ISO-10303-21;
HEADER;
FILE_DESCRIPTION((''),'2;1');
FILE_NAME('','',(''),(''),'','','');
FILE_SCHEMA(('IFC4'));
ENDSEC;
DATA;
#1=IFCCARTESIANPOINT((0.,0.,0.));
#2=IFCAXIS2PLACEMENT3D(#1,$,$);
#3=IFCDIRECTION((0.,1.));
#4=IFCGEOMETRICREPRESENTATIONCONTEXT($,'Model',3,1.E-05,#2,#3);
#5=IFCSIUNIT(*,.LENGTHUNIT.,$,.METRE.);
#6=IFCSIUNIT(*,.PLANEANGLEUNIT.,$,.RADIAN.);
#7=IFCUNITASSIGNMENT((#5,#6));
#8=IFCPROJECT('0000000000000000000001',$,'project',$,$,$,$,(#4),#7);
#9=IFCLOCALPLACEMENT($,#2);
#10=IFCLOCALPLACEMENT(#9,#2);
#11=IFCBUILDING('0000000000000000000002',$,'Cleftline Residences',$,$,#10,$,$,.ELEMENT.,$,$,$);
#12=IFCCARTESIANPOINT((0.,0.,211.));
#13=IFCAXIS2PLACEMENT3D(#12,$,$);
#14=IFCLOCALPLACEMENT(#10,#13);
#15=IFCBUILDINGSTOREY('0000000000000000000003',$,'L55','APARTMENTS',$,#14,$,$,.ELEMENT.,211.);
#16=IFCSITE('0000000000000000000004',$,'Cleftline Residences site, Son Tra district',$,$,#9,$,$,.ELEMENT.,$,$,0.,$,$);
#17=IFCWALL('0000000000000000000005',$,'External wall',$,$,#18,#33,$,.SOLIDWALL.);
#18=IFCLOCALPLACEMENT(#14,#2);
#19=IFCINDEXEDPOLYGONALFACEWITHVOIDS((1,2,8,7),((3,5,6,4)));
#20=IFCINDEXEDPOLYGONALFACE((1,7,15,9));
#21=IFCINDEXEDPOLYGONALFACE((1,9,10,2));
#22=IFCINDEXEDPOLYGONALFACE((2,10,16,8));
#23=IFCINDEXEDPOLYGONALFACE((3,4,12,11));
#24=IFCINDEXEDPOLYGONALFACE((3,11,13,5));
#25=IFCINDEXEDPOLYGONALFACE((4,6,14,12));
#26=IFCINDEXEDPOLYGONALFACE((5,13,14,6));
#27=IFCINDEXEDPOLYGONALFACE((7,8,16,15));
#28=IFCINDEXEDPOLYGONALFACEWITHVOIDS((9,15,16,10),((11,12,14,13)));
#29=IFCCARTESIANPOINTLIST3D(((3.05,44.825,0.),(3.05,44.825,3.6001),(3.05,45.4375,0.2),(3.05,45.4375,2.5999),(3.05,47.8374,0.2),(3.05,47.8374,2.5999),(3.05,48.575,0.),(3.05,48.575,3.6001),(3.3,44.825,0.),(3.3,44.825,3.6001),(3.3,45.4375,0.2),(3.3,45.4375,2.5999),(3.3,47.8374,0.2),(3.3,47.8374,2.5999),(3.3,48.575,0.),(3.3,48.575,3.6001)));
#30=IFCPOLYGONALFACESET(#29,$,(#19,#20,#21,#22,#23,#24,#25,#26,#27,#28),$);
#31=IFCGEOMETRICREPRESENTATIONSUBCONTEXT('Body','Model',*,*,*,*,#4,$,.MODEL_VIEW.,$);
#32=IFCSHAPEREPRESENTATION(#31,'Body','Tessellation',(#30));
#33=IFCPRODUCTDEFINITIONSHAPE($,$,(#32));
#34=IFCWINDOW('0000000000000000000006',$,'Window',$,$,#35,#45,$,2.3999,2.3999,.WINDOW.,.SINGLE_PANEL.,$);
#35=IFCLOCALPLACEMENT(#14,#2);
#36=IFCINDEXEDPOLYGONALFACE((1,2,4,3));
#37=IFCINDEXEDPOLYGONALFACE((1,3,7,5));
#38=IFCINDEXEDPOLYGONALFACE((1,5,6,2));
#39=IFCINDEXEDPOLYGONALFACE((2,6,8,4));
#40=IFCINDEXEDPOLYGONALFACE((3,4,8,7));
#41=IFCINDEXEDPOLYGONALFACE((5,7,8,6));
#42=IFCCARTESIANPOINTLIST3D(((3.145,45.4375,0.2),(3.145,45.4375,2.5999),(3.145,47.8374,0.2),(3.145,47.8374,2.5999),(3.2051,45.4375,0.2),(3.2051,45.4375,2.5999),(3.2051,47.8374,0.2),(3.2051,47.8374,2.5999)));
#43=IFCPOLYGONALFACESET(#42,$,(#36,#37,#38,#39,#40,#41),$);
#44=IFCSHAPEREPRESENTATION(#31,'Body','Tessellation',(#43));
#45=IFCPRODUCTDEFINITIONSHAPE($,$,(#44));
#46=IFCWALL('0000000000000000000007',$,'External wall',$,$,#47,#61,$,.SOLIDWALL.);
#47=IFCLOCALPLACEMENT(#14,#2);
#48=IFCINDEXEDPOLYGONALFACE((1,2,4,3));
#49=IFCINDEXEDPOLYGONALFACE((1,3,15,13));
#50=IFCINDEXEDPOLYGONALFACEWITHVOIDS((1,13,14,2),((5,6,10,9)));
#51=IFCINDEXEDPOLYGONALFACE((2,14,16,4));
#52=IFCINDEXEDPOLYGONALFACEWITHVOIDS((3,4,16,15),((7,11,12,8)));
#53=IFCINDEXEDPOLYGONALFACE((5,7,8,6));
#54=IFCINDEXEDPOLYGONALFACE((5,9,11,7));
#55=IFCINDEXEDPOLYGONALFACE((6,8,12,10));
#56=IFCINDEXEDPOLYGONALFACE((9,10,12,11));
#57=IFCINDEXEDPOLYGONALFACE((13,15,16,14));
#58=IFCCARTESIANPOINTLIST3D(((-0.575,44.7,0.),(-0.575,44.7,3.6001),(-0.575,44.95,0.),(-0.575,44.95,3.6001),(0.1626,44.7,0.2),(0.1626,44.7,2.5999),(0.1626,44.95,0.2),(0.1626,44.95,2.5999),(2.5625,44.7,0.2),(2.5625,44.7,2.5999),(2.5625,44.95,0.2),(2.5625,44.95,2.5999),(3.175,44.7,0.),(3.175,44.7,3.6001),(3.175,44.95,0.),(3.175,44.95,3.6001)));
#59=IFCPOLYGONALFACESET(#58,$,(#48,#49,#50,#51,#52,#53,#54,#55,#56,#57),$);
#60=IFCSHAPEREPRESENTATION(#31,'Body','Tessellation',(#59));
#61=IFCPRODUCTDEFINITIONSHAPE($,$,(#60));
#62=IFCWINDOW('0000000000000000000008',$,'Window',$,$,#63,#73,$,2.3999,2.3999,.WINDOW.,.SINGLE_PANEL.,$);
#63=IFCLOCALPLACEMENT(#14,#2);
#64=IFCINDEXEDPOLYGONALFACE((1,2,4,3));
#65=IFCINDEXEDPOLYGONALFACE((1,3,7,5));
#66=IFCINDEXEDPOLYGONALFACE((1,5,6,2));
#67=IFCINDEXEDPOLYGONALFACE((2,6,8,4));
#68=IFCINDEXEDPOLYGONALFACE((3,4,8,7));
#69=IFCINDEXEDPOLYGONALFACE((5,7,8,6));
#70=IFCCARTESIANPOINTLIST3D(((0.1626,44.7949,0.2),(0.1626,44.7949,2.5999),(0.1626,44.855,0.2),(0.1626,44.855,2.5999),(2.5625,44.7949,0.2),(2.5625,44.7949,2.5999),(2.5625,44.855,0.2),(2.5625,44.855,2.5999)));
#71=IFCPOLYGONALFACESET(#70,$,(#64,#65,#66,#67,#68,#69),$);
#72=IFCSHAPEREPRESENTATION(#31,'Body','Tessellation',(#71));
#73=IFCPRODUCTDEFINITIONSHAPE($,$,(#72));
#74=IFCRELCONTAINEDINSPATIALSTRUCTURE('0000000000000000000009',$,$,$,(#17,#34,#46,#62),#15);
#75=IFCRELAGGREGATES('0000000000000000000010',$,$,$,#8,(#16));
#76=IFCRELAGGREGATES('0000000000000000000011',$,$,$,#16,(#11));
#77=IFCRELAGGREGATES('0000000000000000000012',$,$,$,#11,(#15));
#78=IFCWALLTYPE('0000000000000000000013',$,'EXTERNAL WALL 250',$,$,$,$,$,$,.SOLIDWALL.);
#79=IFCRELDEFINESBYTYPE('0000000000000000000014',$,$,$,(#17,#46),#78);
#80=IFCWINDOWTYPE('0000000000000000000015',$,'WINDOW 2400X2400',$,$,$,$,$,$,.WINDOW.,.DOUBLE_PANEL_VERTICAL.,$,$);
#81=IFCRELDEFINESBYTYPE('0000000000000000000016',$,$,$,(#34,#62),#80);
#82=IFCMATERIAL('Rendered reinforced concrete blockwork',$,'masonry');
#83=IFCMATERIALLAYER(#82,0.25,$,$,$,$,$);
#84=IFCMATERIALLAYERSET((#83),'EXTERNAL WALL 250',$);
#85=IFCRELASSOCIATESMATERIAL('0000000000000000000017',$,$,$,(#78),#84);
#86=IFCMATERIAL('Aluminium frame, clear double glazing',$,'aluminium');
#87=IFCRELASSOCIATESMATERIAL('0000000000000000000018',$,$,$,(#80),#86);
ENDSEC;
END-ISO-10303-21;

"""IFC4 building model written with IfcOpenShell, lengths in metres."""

from ifc_helpers import new_model, si_unit, direction, frame, frame_2d, origin, place, context, subcontext, project, spatial, rectangle, extrude, material, layer, layer_set, type_object, element, fill, save


model = new_model("IFC4")

# Units and contexts
model_context = context("Model", 3, precision=1e-05, world=origin(), true_north=direction((0.0, 1.0)))
body_context = subcontext(model_context, "Body", "Model", "MODEL_VIEW")
ifc_project = project(units=[si_unit("LENGTHUNIT", "METRE"), si_unit("PLANEANGLEUNIT", "RADIAN")], contexts=[model_context])

# Site, building, storey
site_placement = place(None, origin())
site = spatial("IfcSite", under=ifc_project, at=site_placement, Name="Cleftline Residences site, Son Tra district", CompositionType="ELEMENT", RefElevation=0.0)
building_placement = place(site_placement, origin())
building = spatial("IfcBuilding", under=site, at=building_placement, Name="Cleftline Residences", CompositionType="ELEMENT")
storey_placement = place(building_placement, frame((0.0, 0.0, 211.0)))
storey = spatial("IfcBuildingStorey", under=building, at=storey_placement, Name="L55", Description="APARTMENTS", CompositionType="ELEMENT", Elevation=211.0)

# Walls, openings, windows
ifc_material_1 = material(Name="Rendered reinforced concrete blockwork", Category="masonry")
ifc_layer_1 = layer(ifc_material_1, 0.25)
ifc_layer_set_1 = layer_set([ifc_layer_1], Name="EXTERNAL WALL 250")
wall_type_1 = type_object("IfcWallType", Name="EXTERNAL WALL 250", PredefinedType="SOLIDWALL", material=ifc_layer_set_1)
wall_1_placement = place(storey_placement, frame((3.175, 48.575, 0.0), z_axis=(0.0, 0.0, 1.0), x_axis=(0.0, -1.0, 0.0)))
wall_1 = element("IfcWall", 1, at=wall_1_placement, inside=storey, type_object=wall_type_1, Name="External wall", PredefinedType="SOLIDWALL", context=body_context, shape_type="SweptSolid", body=[
    extrude(rectangle(XDim=3.75, YDim=0.25, at=frame_2d((1.875, 0.0))), origin(), (0.0, 0.0, 1.0), 3.6001),
])
opening_1_placement = place(wall_1_placement, frame((0.7375, 0.0, 0.2)))
opening_1 = element("IfcOpeningElement", 2, at=opening_1_placement, cuts=wall_1, PredefinedType="OPENING", context=body_context, shape_type="SweptSolid", body=[
    extrude(rectangle(XDim=2.3999, YDim=2.3999, at=frame_2d((1.2, 1.2))), frame((0.0, 0.135, 0.0), z_axis=(0.0, -1.0, 0.0), x_axis=(1.0, 0.0, 0.0)), (0.0, 0.0, 1.0), 0.27),
])
ifc_material_2 = material(Name="Aluminium frame, clear double glazing", Category="aluminium")
window_type_1 = type_object("IfcWindowType", Name="WINDOW 2400X2400", PartitioningType="DOUBLE_PANEL_VERTICAL", PredefinedType="WINDOW", material=ifc_material_2)
window_1_placement = place(opening_1_placement, origin())
window_1 = element("IfcWindow", 3, at=window_1_placement, inside=storey, type_object=window_type_1, Name="Window", OverallHeight=2.3999, OverallWidth=2.3999, PartitioningType="SINGLE_PANEL", PredefinedType="WINDOW", context=body_context, shape_type="SweptSolid", body=[
    extrude(rectangle(XDim=2.3999, YDim=2.3999, at=frame_2d((1.2, 1.2))), frame((0.0, 0.03, 0.0), z_axis=(0.0, -1.0, 0.0), x_axis=(1.0, 0.0, 0.0)), (0.0, 0.0, 1.0), 0.0601),
])
fill(opening_1, window_1)
wall_2_placement = place(storey_placement, frame((3.175, 44.825, 0.0), z_axis=(0.0, 0.0, 1.0), x_axis=(-1.0, 0.0, 0.0)))
wall_2 = element("IfcWall", 4, at=wall_2_placement, inside=storey, type_object=wall_type_1, Name="External wall", PredefinedType="SOLIDWALL", context=body_context, shape_type="SweptSolid", body=[
    extrude(rectangle(XDim=3.75, YDim=0.25, at=frame_2d((1.875, 0.0))), origin(), (0.0, 0.0, 1.0), 3.6001),
])
opening_2_placement = place(wall_2_placement, frame((0.6125, 0.0, 0.2)))
opening_2 = element("IfcOpeningElement", 5, at=opening_2_placement, cuts=wall_2, PredefinedType="OPENING", context=body_context, shape_type="SweptSolid", body=[
    extrude(rectangle(XDim=2.3999, YDim=2.3999, at=frame_2d((1.2, 1.2))), frame((0.0, 0.135, 0.0), z_axis=(0.0, -1.0, 0.0), x_axis=(1.0, 0.0, 0.0)), (0.0, 0.0, 1.0), 0.27),
])
window_2_placement = place(opening_2_placement, origin())
window_2 = element("IfcWindow", 6, at=window_2_placement, inside=storey, type_object=window_type_1, Name="Window", OverallHeight=2.3999, OverallWidth=2.3999, PartitioningType="SINGLE_PANEL", PredefinedType="WINDOW", context=body_context, shape_type="SweptSolid", body=[
    extrude(rectangle(XDim=2.3999, YDim=2.3999, at=frame_2d((1.2, 1.2))), frame((0.0, 0.03, 0.0), z_axis=(0.0, -1.0, 0.0), x_axis=(1.0, 0.0, 0.0)), (0.0, 0.0, 1.0), 0.0601),
])
fill(opening_2, window_2)

save(model, "model.ifc")
